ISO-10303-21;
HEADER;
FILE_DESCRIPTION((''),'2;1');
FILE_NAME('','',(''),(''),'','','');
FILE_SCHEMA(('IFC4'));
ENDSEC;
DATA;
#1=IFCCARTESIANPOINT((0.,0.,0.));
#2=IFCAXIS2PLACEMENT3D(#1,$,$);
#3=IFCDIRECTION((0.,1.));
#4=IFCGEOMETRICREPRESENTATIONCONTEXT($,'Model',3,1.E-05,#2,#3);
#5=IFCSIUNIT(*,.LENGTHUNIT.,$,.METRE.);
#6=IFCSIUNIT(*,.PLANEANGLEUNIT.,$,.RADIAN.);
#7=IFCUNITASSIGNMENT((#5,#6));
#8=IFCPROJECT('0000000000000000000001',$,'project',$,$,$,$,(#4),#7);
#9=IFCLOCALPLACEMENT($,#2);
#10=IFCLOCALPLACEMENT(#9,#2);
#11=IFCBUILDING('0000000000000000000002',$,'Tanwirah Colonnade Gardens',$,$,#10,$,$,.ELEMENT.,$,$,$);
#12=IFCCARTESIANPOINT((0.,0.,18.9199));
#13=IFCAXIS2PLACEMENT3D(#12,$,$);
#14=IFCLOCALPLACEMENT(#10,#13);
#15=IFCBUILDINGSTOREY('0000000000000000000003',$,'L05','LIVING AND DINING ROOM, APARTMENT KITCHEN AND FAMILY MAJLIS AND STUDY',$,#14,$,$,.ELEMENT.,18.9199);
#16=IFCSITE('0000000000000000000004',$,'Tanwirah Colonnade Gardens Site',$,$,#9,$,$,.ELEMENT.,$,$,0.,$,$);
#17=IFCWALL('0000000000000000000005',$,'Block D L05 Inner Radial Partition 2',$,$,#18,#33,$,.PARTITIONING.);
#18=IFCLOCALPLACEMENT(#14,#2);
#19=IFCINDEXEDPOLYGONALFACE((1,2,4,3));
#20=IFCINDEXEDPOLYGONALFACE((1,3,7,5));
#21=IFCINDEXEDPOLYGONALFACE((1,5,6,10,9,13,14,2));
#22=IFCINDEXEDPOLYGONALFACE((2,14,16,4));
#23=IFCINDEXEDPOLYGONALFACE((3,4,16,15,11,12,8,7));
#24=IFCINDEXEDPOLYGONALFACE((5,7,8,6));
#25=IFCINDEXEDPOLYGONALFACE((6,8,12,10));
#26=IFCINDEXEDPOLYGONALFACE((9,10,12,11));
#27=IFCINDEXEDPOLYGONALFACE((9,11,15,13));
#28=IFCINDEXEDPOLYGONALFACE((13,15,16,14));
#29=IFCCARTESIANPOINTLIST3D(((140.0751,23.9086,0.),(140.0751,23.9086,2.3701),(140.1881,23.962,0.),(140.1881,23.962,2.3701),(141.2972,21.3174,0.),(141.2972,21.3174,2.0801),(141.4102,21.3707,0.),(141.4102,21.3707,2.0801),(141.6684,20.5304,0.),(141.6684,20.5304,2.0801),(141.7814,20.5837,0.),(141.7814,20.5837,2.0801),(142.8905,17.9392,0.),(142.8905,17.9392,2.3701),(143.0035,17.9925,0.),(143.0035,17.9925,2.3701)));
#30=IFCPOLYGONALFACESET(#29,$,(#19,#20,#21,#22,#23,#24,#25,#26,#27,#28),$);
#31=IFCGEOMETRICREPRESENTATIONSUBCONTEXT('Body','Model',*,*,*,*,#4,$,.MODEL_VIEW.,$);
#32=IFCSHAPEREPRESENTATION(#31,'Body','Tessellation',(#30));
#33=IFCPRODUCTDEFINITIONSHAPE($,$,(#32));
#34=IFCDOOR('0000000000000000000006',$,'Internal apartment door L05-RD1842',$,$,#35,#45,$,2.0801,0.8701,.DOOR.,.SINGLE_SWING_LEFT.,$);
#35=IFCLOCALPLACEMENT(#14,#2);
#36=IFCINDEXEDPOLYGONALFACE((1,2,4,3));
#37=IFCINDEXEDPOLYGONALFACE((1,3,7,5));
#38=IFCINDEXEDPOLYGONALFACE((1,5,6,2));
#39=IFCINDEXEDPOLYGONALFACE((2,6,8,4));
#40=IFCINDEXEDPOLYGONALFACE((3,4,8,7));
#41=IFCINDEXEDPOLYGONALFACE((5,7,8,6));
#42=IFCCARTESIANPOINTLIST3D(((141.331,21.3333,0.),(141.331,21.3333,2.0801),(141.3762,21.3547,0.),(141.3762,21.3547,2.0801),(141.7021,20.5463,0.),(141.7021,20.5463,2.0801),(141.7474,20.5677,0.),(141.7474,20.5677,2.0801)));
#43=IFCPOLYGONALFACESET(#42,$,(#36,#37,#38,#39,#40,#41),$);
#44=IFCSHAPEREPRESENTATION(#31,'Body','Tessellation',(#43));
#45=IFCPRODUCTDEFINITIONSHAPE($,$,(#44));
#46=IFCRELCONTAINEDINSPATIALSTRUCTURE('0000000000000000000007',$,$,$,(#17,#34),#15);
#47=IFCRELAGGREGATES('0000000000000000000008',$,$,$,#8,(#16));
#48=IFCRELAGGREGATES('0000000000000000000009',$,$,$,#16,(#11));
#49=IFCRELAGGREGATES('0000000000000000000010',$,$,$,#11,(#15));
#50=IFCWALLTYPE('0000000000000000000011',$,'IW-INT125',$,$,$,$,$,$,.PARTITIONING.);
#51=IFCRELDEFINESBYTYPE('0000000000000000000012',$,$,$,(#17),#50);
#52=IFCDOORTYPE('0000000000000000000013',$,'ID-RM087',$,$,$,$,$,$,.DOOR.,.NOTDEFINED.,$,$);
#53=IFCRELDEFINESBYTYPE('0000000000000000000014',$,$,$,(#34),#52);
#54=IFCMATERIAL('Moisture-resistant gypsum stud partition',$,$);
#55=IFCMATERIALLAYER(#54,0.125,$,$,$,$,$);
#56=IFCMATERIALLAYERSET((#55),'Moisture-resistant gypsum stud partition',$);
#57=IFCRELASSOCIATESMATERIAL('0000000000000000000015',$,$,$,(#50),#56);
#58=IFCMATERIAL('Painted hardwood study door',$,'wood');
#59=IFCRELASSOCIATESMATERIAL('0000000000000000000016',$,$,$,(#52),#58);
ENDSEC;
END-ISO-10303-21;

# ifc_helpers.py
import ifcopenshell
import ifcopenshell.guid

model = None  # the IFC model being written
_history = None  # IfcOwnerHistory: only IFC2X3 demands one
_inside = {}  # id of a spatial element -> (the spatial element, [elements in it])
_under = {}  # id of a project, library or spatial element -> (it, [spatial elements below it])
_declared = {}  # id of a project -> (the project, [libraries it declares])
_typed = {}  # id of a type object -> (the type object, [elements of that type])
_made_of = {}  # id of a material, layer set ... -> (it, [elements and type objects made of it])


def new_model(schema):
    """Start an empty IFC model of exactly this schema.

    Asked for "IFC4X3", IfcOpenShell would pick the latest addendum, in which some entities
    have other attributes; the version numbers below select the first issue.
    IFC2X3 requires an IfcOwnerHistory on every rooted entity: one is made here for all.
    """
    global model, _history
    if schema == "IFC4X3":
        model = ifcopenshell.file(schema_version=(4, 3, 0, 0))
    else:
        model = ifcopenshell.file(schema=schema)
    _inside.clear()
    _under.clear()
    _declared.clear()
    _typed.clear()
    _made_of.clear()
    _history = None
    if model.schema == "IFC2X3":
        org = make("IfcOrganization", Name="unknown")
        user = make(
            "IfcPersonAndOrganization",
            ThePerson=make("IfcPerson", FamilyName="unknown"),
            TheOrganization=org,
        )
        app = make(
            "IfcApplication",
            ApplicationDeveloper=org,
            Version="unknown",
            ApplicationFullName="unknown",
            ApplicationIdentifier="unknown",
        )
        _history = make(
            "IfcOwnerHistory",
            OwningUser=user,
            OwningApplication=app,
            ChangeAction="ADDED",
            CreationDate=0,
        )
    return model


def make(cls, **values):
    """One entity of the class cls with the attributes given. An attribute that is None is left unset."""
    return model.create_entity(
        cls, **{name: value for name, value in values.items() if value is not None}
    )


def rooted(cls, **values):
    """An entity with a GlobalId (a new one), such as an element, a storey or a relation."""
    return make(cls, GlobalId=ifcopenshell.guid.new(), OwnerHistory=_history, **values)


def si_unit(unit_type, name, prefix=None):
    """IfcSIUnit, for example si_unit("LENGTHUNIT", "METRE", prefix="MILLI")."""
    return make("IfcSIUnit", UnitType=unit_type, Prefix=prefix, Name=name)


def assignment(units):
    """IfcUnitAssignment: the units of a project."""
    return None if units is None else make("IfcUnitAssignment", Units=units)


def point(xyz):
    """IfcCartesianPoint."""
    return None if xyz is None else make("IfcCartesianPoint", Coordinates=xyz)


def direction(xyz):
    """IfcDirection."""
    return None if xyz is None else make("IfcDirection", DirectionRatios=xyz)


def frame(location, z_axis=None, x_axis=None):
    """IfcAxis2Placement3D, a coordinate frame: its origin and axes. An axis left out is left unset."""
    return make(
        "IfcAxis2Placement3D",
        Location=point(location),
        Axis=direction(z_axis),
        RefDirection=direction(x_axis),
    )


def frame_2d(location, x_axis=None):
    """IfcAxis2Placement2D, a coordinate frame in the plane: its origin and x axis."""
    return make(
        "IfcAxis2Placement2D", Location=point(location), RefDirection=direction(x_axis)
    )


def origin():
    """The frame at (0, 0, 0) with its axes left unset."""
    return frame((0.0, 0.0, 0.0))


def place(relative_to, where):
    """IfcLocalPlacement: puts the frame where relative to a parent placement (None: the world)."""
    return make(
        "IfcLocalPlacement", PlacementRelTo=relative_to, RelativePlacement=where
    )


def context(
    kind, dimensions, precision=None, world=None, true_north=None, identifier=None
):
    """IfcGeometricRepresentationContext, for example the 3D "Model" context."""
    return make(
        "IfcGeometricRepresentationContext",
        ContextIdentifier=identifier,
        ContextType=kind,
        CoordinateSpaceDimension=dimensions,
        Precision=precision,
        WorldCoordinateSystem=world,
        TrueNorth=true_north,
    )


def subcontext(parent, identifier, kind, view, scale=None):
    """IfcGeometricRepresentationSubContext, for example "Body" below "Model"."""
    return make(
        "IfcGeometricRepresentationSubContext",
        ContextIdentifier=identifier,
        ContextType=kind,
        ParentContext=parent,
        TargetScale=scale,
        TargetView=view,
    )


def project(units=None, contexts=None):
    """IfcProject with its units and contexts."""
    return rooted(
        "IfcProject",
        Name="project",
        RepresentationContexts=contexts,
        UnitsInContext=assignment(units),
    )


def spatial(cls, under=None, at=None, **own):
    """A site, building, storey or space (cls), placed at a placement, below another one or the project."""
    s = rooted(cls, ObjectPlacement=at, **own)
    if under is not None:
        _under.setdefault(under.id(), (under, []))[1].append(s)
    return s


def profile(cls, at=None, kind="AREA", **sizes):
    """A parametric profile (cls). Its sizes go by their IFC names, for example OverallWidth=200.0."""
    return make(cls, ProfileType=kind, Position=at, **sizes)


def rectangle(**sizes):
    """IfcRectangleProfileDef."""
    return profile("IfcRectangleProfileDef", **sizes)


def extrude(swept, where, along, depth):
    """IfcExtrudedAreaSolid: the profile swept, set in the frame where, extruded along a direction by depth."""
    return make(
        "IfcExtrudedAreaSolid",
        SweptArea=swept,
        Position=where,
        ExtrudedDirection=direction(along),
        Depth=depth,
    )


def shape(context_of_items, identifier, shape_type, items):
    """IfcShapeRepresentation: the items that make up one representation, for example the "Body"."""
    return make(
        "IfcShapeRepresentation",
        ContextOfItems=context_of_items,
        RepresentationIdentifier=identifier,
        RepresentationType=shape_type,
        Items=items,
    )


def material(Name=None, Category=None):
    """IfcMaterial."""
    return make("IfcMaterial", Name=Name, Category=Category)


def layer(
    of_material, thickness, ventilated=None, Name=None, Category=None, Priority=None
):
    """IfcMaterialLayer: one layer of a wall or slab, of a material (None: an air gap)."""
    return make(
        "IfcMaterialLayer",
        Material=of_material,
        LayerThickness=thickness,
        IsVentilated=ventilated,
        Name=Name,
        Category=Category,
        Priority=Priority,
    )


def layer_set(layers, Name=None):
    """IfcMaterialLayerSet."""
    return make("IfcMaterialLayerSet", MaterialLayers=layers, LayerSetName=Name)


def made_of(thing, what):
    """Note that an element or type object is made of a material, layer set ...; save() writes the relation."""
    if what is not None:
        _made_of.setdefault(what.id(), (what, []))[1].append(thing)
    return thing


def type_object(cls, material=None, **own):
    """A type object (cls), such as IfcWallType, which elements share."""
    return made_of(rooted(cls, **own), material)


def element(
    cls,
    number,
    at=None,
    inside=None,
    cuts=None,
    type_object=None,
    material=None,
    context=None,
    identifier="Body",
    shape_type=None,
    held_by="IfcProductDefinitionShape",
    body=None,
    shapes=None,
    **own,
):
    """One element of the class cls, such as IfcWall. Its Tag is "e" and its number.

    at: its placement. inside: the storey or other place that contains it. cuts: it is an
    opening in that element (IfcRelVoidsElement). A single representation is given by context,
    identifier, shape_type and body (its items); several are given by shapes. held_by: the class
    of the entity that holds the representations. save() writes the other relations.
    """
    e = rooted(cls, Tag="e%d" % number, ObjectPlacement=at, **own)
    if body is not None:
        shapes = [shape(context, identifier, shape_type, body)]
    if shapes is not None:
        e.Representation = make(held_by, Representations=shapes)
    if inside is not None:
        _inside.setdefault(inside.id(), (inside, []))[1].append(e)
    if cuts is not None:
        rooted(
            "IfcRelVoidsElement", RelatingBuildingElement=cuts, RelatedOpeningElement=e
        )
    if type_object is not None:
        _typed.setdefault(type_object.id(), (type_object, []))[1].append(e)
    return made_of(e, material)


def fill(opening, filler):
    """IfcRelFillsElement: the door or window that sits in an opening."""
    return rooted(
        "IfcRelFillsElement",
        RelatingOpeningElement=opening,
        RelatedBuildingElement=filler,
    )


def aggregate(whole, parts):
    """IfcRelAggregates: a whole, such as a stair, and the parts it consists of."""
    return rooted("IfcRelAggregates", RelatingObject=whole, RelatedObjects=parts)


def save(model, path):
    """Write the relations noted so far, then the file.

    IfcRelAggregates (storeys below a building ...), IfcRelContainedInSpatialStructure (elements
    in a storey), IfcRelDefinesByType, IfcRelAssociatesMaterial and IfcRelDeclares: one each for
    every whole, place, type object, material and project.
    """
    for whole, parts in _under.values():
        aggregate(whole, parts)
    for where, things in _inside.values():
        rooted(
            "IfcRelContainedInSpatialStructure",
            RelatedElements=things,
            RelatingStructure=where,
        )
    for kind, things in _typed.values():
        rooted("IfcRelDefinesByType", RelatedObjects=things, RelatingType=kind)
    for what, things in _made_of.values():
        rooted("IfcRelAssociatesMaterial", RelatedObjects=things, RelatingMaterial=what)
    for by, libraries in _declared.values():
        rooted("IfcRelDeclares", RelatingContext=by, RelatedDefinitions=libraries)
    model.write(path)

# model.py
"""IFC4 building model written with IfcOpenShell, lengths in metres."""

from ifc_helpers import new_model, si_unit, direction, frame, frame_2d, origin, place, context, subcontext, project, spatial, rectangle, extrude, material, layer, layer_set, type_object, element, fill, save


model = new_model("IFC4")

# Units and contexts
model_context = context("Model", 3, precision=1e-05, world=origin(), true_north=direction((0.0, 1.0)))
body_context = subcontext(model_context, "Body", "Model", "MODEL_VIEW")
ifc_project = project(units=[si_unit("LENGTHUNIT", "METRE"), si_unit("PLANEANGLEUNIT", "RADIAN")], contexts=[model_context])

# Site, building, storey
site_placement = place(None, origin())
site = spatial("IfcSite", under=ifc_project, at=site_placement, Name="Tanwirah Colonnade Gardens Site", CompositionType="ELEMENT", RefElevation=0.0)
building_placement = place(site_placement, origin())
building = spatial("IfcBuilding", under=site, at=building_placement, Name="Tanwirah Colonnade Gardens", CompositionType="ELEMENT")
storey_placement = place(building_placement, frame((0.0, 0.0, 18.9199)))
storey = spatial("IfcBuildingStorey", under=building, at=storey_placement, Name="L05", Description="LIVING AND DINING ROOM, APARTMENT KITCHEN AND FAMILY MAJLIS AND STUDY", CompositionType="ELEMENT", Elevation=18.9199)

# Wall, opening, door
ifc_material_1 = material(Name="Moisture-resistant gypsum stud partition")
ifc_layer_1 = layer(ifc_material_1, 0.125)
ifc_layer_set_1 = layer_set([ifc_layer_1], Name="Moisture-resistant gypsum stud partition")
wall_type_1 = type_object("IfcWallType", Name="IW-INT125", PredefinedType="PARTITIONING", material=ifc_layer_set_1)
wall_1_placement = place(storey_placement, frame((140.1316, 23.9353, 0.0), z_axis=(0.0, 0.0, 1.0), x_axis=(0.426574, -0.904453, 0.0)))
wall_1 = element("IfcWall", 1, at=wall_1_placement, inside=storey, type_object=wall_type_1, Name="Block D L05 Inner Radial Partition 2", PredefinedType="PARTITIONING", context=body_context, shape_type="SweptSolid", body=[
    extrude(rectangle(XDim=6.6001, YDim=0.125, at=frame_2d((3.3, 0.0))), origin(), (0.0, 0.0, 1.0), 2.3701),
])
opening_1_placement = place(wall_1_placement, frame((2.865, 0.0, 0.0)))
opening_1 = element("IfcOpeningElement", 2, at=opening_1_placement, cuts=wall_1, PredefinedType="OPENING", context=body_context, shape_type="SweptSolid", body=[
    extrude(rectangle(XDim=0.8701, YDim=2.0801, at=frame_2d((0.4351, 1.04))), frame((0.0, 0.0725, 0.0), z_axis=(0.0, -1.0, 0.0), x_axis=(1.0, 0.0, 0.0)), (0.0, 0.0, 1.0), 0.145),
])
ifc_material_2 = material(Name="Painted hardwood study door", Category="wood")
door_type = type_object("IfcDoorType", Name="ID-RM087", OperationType="NOTDEFINED", PredefinedType="DOOR", material=ifc_material_2)
door_placement = place(opening_1_placement, origin())
door = element("IfcDoor", 3, at=door_placement, inside=storey, type_object=door_type, Name="Internal apartment door L05-RD1842", OperationType="SINGLE_SWING_LEFT", OverallHeight=2.0801, OverallWidth=0.8701, PredefinedType="DOOR", context=body_context, shape_type="SweptSolid", body=[
    extrude(rectangle(XDim=0.8701, YDim=2.0801, at=frame_2d((0.4351, 1.04))), frame((0.0, 0.0249, 0.0), z_axis=(0.0, -1.0, 0.0), x_axis=(1.0, 0.0, 0.0)), (0.0, 0.0, 1.0), 0.05),
])
fill(opening_1, door)

save(model, "model.ifc")
